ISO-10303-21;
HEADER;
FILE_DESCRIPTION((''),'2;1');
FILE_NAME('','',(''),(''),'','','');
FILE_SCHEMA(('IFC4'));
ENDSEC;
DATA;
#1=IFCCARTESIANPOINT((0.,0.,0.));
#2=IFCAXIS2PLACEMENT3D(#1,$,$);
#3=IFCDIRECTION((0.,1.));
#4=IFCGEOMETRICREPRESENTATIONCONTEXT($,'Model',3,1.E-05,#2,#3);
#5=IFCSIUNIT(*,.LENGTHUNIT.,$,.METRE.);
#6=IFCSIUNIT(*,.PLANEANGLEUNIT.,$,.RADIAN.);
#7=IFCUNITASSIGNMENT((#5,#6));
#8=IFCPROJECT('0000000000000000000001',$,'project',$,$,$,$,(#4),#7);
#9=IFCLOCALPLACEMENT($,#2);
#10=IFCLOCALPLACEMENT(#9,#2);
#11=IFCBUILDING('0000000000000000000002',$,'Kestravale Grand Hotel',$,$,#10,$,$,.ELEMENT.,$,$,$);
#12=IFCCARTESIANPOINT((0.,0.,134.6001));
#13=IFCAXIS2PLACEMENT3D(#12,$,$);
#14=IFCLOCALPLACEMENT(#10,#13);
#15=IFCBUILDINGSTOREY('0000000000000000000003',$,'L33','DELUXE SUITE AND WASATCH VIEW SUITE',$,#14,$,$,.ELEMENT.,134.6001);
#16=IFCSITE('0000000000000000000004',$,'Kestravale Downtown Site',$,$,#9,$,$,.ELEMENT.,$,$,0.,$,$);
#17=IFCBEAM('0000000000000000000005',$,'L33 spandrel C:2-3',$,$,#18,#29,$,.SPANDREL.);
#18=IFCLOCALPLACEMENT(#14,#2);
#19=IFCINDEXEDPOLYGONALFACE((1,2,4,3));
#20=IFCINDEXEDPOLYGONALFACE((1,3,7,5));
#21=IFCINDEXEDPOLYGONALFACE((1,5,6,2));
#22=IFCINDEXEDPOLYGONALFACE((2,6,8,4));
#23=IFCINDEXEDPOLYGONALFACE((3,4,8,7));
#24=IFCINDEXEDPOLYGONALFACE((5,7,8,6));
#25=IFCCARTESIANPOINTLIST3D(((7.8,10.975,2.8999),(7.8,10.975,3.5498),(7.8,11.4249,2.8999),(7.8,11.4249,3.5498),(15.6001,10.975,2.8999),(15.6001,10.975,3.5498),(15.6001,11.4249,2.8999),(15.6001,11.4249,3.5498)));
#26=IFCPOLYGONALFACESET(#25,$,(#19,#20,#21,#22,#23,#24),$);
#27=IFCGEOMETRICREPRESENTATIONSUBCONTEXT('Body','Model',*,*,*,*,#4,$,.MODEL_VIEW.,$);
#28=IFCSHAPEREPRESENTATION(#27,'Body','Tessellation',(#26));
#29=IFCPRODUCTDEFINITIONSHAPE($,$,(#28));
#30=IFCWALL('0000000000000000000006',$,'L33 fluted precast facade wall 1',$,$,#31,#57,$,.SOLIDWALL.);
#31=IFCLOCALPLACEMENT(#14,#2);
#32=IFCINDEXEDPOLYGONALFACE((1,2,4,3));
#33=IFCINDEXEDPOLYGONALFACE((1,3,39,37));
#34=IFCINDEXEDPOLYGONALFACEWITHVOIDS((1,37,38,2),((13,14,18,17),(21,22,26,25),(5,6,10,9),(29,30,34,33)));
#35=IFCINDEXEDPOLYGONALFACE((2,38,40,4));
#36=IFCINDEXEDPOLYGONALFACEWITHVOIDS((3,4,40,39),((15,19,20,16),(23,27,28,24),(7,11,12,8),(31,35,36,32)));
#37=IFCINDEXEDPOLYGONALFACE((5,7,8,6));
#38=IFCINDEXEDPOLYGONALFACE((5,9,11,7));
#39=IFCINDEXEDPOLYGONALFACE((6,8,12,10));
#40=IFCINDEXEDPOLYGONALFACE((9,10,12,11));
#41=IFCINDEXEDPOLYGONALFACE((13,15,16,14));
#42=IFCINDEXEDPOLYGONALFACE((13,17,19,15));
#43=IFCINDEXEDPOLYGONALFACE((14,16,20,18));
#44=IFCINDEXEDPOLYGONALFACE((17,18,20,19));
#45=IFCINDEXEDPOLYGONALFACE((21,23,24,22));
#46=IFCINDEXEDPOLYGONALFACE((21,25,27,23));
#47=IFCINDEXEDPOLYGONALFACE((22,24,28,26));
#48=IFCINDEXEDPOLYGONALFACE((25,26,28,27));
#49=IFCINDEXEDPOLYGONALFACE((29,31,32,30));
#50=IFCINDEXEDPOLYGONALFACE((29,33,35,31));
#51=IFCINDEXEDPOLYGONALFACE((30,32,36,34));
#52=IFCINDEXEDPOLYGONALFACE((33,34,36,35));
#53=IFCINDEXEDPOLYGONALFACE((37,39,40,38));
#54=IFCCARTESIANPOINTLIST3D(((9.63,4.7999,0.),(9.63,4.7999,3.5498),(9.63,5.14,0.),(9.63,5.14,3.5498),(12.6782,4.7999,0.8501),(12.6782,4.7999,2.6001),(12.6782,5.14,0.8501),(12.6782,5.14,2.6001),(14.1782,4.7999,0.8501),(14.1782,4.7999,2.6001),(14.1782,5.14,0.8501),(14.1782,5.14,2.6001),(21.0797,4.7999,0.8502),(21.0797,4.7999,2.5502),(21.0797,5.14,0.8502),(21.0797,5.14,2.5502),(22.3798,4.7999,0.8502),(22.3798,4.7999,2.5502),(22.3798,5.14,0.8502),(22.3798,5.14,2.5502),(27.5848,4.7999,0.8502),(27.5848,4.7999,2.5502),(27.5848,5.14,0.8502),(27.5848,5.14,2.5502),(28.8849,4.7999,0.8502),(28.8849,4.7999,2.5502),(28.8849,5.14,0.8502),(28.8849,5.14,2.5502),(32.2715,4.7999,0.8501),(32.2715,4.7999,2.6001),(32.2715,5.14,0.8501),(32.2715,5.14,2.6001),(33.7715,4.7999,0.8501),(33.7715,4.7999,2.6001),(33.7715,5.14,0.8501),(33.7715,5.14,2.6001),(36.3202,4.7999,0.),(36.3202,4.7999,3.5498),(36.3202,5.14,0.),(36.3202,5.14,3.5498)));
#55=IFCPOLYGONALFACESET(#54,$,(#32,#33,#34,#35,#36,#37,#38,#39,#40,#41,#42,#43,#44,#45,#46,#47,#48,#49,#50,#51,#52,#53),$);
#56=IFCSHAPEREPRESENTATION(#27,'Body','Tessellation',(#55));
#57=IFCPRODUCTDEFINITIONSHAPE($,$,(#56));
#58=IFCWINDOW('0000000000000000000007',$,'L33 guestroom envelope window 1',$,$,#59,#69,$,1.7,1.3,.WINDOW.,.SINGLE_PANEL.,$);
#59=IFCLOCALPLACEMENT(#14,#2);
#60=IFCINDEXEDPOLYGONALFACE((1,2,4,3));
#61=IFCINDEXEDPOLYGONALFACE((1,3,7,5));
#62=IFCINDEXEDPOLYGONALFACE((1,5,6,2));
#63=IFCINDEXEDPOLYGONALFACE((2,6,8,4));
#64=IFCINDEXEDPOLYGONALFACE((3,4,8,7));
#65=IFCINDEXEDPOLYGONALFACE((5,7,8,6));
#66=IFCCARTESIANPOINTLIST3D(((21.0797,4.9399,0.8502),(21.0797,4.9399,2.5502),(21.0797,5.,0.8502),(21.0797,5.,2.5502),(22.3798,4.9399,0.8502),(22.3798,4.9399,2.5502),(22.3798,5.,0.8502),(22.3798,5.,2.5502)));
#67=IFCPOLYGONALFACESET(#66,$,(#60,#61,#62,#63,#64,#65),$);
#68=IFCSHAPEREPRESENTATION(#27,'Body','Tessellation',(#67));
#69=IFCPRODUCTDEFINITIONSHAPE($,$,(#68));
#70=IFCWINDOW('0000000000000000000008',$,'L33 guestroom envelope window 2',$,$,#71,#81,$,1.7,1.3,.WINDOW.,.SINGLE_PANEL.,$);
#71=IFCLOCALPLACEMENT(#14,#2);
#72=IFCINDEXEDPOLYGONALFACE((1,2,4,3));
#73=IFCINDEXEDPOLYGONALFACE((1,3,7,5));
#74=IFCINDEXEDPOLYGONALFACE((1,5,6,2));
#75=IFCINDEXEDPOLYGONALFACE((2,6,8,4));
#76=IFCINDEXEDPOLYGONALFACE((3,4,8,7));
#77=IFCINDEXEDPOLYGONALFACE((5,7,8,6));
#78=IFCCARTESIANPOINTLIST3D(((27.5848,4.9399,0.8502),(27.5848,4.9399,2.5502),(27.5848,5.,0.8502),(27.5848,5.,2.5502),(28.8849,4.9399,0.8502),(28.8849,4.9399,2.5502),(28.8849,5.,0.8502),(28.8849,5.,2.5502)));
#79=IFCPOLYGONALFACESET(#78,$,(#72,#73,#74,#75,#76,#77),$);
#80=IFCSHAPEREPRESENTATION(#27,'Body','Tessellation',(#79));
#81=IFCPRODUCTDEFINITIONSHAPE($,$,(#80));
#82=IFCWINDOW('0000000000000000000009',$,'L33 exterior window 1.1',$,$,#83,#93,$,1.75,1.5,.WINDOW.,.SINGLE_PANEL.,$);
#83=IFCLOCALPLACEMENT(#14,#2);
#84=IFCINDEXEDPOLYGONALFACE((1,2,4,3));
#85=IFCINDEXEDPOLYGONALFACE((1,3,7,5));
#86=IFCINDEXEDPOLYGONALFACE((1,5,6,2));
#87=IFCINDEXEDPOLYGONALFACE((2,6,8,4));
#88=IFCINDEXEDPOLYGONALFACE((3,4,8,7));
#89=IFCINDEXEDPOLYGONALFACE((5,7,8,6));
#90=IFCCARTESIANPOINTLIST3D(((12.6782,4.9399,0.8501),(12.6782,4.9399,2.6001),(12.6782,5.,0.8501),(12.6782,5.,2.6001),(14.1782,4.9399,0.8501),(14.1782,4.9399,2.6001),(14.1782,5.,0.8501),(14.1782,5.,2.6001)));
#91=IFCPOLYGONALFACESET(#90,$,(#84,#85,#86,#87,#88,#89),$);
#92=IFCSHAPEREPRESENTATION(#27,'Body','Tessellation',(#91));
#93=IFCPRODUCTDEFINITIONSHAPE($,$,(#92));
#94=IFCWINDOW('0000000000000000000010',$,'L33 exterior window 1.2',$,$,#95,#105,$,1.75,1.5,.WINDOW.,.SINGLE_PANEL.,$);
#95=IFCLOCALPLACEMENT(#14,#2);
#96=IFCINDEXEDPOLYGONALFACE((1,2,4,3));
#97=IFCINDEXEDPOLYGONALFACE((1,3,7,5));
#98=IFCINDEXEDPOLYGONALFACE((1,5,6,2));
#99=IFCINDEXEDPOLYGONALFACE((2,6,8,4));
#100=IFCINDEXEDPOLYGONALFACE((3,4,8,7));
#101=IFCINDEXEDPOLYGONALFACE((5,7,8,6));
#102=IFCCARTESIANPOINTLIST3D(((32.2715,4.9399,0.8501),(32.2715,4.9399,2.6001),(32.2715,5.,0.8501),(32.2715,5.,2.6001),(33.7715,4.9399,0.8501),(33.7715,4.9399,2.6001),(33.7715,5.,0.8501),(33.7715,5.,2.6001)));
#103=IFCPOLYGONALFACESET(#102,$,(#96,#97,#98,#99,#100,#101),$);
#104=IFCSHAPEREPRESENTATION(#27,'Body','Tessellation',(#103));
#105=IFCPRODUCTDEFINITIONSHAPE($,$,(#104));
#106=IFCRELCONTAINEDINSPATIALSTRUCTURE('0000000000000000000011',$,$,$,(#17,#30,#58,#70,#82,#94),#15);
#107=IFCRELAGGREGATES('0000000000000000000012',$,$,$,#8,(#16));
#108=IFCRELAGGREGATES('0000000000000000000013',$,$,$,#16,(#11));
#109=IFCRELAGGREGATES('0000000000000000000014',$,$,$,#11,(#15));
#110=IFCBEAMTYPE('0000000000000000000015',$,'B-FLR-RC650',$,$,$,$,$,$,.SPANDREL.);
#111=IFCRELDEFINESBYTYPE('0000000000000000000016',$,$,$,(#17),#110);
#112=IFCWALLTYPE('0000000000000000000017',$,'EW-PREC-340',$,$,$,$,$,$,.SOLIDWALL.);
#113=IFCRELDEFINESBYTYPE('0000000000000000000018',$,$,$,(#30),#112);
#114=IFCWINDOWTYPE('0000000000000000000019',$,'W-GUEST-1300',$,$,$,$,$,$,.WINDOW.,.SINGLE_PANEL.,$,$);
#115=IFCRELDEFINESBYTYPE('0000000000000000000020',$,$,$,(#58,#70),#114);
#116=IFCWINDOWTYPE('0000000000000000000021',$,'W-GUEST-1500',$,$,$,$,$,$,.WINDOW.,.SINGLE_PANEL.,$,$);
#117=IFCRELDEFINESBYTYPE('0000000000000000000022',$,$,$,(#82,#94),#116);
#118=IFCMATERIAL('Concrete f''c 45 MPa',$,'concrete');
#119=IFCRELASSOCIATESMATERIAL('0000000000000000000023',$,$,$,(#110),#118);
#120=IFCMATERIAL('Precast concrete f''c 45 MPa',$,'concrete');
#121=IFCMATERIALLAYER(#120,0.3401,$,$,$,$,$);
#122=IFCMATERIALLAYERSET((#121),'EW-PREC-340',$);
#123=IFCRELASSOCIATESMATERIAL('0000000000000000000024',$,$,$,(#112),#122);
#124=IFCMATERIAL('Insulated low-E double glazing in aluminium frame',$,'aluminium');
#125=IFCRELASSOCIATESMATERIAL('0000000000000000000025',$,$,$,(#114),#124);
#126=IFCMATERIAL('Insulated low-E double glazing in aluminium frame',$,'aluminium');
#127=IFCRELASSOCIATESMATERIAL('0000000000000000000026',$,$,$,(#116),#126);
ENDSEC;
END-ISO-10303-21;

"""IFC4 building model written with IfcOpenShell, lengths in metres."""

from ifc_helpers import new_model, si_unit, direction, frame, frame_2d, origin, origin_2d, place, context, subcontext, project, spatial, rectangle, extrude, material, layer, layer_set, material_profile, profile_set, type_object, element, fill, save


model = new_model("IFC4")

# Units and contexts
model_context = context("Model", 3, precision=1e-05, world=origin(), true_north=direction((0.0, 1.0)))
body_context = subcontext(model_context, "Body", "Model", "MODEL_VIEW")
ifc_project = project(units=[si_unit("LENGTHUNIT", "METRE"), si_unit("PLANEANGLEUNIT", "RADIAN")], contexts=[model_context])

# Site, building, storey
site_placement = place(None, origin())
site = spatial("IfcSite", under=ifc_project, at=site_placement, Name="Kestravale Downtown Site", CompositionType="ELEMENT", RefElevation=0.0)
building_placement = place(site_placement, origin())
building = spatial("IfcBuilding", under=site, at=building_placement, Name="Kestravale Grand Hotel", CompositionType="ELEMENT")
storey_placement = place(building_placement, frame((0.0, 0.0, 134.6001)))
storey = spatial("IfcBuildingStorey", under=building, at=storey_placement, Name="L33", Description="DELUXE SUITE AND WASATCH VIEW SUITE", CompositionType="ELEMENT", Elevation=134.6001)

# Beam
ifc_material_1 = material(Name="Concrete f'c 45 MPa", Category="concrete")
ifc_material_profile = material_profile(ifc_material_1, rectangle(XDim=0.45, YDim=0.6499, at=origin_2d()))
ifc_profile_set = profile_set([ifc_material_profile], Name="Concrete f'c 45 MPa")
beam_type = type_object("IfcBeamType", Name="B-FLR-RC650", PredefinedType="SPANDREL", material=ifc_profile_set)
beam_placement = place(storey_placement, frame((7.8, 11.2, 3.2249), z_axis=(1.0, 0.0, 0.0), x_axis=(0.0, 1.0, 0.0)))
element("IfcBeam", 1, at=beam_placement, inside=storey, type_object=beam_type, Name="L33 spandrel C:2-3", PredefinedType="SPANDREL", context=body_context, shape_type="SweptSolid", body=[
    extrude(rectangle(XDim=0.45, YDim=0.6499, at=origin_2d()), origin(), (0.0, 0.0, 1.0), 7.8),
])

# Wall, openings, windows
ifc_material_2 = material(Name="Precast concrete f'c 45 MPa", Category="concrete")
ifc_layer_1 = layer(ifc_material_2, 0.3401)
ifc_layer_set_1 = layer_set([ifc_layer_1], Name="EW-PREC-340")
wall_type_1 = type_object("IfcWallType", Name="EW-PREC-340", PredefinedType="SOLIDWALL", material=ifc_layer_set_1)
wall_1_placement = place(storey_placement, frame((9.6299, 4.97, 0.0), z_axis=(0.0, 0.0, 1.0), x_axis=(1.0, 0.0, 0.0)))
wall_1 = element("IfcWall", 2, at=wall_1_placement, inside=storey, type_object=wall_type_1, Name="L33 fluted precast facade wall 1", PredefinedType="SOLIDWALL", context=body_context, shape_type="SweptSolid", body=[
    extrude(rectangle(XDim=26.6902, YDim=0.3401, at=frame_2d((13.3452, 0.0))), origin(), (0.0, 0.0, 1.0), 3.5498),
])
opening_1_placement = place(wall_1_placement, frame((3.0483, 0.0, 0.8501)))
opening_1 = element("IfcOpeningElement", 3, at=opening_1_placement, cuts=wall_1, PredefinedType="OPENING", context=body_context, shape_type="SweptSolid", body=[
    extrude(rectangle(XDim=1.5, YDim=1.75, at=frame_2d((0.75, 0.875))), frame((0.0, 0.1799, 0.0), z_axis=(0.0, -1.0, 0.0), x_axis=(1.0, 0.0, 0.0)), (0.0, 0.0, 1.0), 0.3601),
])
opening_2_placement = place(wall_1_placement, frame((22.6416, 0.0, 0.8501)))
opening_2 = element("IfcOpeningElement", 4, at=opening_2_placement, cuts=wall_1, PredefinedType="OPENING", context=body_context, shape_type="SweptSolid", body=[
    extrude(rectangle(XDim=1.5, YDim=1.75, at=frame_2d((0.75, 0.875))), frame((0.0, 0.1799, 0.0), z_axis=(0.0, -1.0, 0.0), x_axis=(1.0, 0.0, 0.0)), (0.0, 0.0, 1.0), 0.3601),
])
opening_3_placement = place(wall_1_placement, frame((11.45, 0.0, 0.8501)))
opening_3 = element("IfcOpeningElement", 5, at=opening_3_placement, cuts=wall_1, PredefinedType="OPENING", context=body_context, shape_type="SweptSolid", body=[
    extrude(rectangle(XDim=1.3, YDim=1.7, at=frame_2d((0.6499, 0.8501))), frame((0.0, 0.1799, 0.0), z_axis=(0.0, -1.0, 0.0), x_axis=(1.0, 0.0, 0.0)), (0.0, 0.0, 1.0), 0.3601),
])
opening_4_placement = place(wall_1_placement, frame((17.9551, 0.0, 0.8501)))
opening_4 = element("IfcOpeningElement", 6, at=opening_4_placement, cuts=wall_1, PredefinedType="OPENING", context=body_context, shape_type="SweptSolid", body=[
    extrude(rectangle(XDim=1.3, YDim=1.7, at=frame_2d((0.6499, 0.8501))), frame((0.0, 0.1799, 0.0), z_axis=(0.0, -1.0, 0.0), x_axis=(1.0, 0.0, 0.0)), (0.0, 0.0, 1.0), 0.3601),
])
ifc_material_3 = material(Name="Insulated low-E double glazing in aluminium frame", Category="aluminium")
window_type_1 = type_object("IfcWindowType", Name="W-GUEST-1300", PartitioningType="SINGLE_PANEL", PredefinedType="WINDOW", material=ifc_material_3)
window_1_placement = place(opening_3_placement, origin())
window_1 = element("IfcWindow", 7, at=window_1_placement, inside=storey, type_object=window_type_1, Name="L33 guestroom envelope window 1", OverallHeight=1.7, OverallWidth=1.3, PartitioningType="SINGLE_PANEL", PredefinedType="WINDOW", context=body_context, shape_type="SweptSolid", body=[
    extrude(rectangle(XDim=1.3, YDim=1.7, at=frame_2d((0.6499, 0.8501))), frame((0.0, 0.03, 0.0), z_axis=(0.0, -1.0, 0.0), x_axis=(1.0, 0.0, 0.0)), (0.0, 0.0, 1.0), 0.0601),
])
fill(opening_3, window_1)
window_2_placement = place(opening_4_placement, origin())
window_2 = element("IfcWindow", 8, at=window_2_placement, inside=storey, type_object=window_type_1, Name="L33 guestroom envelope window 2", OverallHeight=1.7, OverallWidth=1.3, PartitioningType="SINGLE_PANEL", PredefinedType="WINDOW", context=body_context, shape_type="SweptSolid", body=[
    extrude(rectangle(XDim=1.3, YDim=1.7, at=frame_2d((0.6499, 0.8501))), frame((0.0, 0.03, 0.0), z_axis=(0.0, -1.0, 0.0), x_axis=(1.0, 0.0, 0.0)), (0.0, 0.0, 1.0), 0.0601),
])
fill(opening_4, window_2)
ifc_material_4 = material(Name="Insulated low-E double glazing in aluminium frame", Category="aluminium")
window_type_2 = type_object("IfcWindowType", Name="W-GUEST-1500", PartitioningType="SINGLE_PANEL", PredefinedType="WINDOW", material=ifc_material_4)
window_3_placement = place(opening_1_placement, origin())
window_3 = element("IfcWindow", 9, at=window_3_placement, inside=storey, type_object=window_type_2, Name="L33 exterior window 1.1", OverallHeight=1.75, OverallWidth=1.5, PartitioningType="SINGLE_PANEL", PredefinedType="WINDOW", context=body_context, shape_type="SweptSolid", body=[
    extrude(rectangle(XDim=1.5, YDim=1.75, at=frame_2d((0.75, 0.875))), frame((0.0, 0.03, 0.0), z_axis=(0.0, -1.0, 0.0), x_axis=(1.0, 0.0, 0.0)), (0.0, 0.0, 1.0), 0.0601),
])
fill(opening_1, window_3)
window_4_placement = place(opening_2_placement, origin())
window_4 = element("IfcWindow", 10, at=window_4_placement, inside=storey, type_object=window_type_2, Name="L33 exterior window 1.2", OverallHeight=1.75, OverallWidth=1.5, PartitioningType="SINGLE_PANEL", PredefinedType="WINDOW", context=body_context, shape_type="SweptSolid", body=[
    extrude(rectangle(XDim=1.5, YDim=1.75, at=frame_2d((0.75, 0.875))), frame((0.0, 0.03, 0.0), z_axis=(0.0, -1.0, 0.0), x_axis=(1.0, 0.0, 0.0)), (0.0, 0.0, 1.0), 0.0601),
])
fill(opening_2, window_4)

save(model, "model.ifc")
